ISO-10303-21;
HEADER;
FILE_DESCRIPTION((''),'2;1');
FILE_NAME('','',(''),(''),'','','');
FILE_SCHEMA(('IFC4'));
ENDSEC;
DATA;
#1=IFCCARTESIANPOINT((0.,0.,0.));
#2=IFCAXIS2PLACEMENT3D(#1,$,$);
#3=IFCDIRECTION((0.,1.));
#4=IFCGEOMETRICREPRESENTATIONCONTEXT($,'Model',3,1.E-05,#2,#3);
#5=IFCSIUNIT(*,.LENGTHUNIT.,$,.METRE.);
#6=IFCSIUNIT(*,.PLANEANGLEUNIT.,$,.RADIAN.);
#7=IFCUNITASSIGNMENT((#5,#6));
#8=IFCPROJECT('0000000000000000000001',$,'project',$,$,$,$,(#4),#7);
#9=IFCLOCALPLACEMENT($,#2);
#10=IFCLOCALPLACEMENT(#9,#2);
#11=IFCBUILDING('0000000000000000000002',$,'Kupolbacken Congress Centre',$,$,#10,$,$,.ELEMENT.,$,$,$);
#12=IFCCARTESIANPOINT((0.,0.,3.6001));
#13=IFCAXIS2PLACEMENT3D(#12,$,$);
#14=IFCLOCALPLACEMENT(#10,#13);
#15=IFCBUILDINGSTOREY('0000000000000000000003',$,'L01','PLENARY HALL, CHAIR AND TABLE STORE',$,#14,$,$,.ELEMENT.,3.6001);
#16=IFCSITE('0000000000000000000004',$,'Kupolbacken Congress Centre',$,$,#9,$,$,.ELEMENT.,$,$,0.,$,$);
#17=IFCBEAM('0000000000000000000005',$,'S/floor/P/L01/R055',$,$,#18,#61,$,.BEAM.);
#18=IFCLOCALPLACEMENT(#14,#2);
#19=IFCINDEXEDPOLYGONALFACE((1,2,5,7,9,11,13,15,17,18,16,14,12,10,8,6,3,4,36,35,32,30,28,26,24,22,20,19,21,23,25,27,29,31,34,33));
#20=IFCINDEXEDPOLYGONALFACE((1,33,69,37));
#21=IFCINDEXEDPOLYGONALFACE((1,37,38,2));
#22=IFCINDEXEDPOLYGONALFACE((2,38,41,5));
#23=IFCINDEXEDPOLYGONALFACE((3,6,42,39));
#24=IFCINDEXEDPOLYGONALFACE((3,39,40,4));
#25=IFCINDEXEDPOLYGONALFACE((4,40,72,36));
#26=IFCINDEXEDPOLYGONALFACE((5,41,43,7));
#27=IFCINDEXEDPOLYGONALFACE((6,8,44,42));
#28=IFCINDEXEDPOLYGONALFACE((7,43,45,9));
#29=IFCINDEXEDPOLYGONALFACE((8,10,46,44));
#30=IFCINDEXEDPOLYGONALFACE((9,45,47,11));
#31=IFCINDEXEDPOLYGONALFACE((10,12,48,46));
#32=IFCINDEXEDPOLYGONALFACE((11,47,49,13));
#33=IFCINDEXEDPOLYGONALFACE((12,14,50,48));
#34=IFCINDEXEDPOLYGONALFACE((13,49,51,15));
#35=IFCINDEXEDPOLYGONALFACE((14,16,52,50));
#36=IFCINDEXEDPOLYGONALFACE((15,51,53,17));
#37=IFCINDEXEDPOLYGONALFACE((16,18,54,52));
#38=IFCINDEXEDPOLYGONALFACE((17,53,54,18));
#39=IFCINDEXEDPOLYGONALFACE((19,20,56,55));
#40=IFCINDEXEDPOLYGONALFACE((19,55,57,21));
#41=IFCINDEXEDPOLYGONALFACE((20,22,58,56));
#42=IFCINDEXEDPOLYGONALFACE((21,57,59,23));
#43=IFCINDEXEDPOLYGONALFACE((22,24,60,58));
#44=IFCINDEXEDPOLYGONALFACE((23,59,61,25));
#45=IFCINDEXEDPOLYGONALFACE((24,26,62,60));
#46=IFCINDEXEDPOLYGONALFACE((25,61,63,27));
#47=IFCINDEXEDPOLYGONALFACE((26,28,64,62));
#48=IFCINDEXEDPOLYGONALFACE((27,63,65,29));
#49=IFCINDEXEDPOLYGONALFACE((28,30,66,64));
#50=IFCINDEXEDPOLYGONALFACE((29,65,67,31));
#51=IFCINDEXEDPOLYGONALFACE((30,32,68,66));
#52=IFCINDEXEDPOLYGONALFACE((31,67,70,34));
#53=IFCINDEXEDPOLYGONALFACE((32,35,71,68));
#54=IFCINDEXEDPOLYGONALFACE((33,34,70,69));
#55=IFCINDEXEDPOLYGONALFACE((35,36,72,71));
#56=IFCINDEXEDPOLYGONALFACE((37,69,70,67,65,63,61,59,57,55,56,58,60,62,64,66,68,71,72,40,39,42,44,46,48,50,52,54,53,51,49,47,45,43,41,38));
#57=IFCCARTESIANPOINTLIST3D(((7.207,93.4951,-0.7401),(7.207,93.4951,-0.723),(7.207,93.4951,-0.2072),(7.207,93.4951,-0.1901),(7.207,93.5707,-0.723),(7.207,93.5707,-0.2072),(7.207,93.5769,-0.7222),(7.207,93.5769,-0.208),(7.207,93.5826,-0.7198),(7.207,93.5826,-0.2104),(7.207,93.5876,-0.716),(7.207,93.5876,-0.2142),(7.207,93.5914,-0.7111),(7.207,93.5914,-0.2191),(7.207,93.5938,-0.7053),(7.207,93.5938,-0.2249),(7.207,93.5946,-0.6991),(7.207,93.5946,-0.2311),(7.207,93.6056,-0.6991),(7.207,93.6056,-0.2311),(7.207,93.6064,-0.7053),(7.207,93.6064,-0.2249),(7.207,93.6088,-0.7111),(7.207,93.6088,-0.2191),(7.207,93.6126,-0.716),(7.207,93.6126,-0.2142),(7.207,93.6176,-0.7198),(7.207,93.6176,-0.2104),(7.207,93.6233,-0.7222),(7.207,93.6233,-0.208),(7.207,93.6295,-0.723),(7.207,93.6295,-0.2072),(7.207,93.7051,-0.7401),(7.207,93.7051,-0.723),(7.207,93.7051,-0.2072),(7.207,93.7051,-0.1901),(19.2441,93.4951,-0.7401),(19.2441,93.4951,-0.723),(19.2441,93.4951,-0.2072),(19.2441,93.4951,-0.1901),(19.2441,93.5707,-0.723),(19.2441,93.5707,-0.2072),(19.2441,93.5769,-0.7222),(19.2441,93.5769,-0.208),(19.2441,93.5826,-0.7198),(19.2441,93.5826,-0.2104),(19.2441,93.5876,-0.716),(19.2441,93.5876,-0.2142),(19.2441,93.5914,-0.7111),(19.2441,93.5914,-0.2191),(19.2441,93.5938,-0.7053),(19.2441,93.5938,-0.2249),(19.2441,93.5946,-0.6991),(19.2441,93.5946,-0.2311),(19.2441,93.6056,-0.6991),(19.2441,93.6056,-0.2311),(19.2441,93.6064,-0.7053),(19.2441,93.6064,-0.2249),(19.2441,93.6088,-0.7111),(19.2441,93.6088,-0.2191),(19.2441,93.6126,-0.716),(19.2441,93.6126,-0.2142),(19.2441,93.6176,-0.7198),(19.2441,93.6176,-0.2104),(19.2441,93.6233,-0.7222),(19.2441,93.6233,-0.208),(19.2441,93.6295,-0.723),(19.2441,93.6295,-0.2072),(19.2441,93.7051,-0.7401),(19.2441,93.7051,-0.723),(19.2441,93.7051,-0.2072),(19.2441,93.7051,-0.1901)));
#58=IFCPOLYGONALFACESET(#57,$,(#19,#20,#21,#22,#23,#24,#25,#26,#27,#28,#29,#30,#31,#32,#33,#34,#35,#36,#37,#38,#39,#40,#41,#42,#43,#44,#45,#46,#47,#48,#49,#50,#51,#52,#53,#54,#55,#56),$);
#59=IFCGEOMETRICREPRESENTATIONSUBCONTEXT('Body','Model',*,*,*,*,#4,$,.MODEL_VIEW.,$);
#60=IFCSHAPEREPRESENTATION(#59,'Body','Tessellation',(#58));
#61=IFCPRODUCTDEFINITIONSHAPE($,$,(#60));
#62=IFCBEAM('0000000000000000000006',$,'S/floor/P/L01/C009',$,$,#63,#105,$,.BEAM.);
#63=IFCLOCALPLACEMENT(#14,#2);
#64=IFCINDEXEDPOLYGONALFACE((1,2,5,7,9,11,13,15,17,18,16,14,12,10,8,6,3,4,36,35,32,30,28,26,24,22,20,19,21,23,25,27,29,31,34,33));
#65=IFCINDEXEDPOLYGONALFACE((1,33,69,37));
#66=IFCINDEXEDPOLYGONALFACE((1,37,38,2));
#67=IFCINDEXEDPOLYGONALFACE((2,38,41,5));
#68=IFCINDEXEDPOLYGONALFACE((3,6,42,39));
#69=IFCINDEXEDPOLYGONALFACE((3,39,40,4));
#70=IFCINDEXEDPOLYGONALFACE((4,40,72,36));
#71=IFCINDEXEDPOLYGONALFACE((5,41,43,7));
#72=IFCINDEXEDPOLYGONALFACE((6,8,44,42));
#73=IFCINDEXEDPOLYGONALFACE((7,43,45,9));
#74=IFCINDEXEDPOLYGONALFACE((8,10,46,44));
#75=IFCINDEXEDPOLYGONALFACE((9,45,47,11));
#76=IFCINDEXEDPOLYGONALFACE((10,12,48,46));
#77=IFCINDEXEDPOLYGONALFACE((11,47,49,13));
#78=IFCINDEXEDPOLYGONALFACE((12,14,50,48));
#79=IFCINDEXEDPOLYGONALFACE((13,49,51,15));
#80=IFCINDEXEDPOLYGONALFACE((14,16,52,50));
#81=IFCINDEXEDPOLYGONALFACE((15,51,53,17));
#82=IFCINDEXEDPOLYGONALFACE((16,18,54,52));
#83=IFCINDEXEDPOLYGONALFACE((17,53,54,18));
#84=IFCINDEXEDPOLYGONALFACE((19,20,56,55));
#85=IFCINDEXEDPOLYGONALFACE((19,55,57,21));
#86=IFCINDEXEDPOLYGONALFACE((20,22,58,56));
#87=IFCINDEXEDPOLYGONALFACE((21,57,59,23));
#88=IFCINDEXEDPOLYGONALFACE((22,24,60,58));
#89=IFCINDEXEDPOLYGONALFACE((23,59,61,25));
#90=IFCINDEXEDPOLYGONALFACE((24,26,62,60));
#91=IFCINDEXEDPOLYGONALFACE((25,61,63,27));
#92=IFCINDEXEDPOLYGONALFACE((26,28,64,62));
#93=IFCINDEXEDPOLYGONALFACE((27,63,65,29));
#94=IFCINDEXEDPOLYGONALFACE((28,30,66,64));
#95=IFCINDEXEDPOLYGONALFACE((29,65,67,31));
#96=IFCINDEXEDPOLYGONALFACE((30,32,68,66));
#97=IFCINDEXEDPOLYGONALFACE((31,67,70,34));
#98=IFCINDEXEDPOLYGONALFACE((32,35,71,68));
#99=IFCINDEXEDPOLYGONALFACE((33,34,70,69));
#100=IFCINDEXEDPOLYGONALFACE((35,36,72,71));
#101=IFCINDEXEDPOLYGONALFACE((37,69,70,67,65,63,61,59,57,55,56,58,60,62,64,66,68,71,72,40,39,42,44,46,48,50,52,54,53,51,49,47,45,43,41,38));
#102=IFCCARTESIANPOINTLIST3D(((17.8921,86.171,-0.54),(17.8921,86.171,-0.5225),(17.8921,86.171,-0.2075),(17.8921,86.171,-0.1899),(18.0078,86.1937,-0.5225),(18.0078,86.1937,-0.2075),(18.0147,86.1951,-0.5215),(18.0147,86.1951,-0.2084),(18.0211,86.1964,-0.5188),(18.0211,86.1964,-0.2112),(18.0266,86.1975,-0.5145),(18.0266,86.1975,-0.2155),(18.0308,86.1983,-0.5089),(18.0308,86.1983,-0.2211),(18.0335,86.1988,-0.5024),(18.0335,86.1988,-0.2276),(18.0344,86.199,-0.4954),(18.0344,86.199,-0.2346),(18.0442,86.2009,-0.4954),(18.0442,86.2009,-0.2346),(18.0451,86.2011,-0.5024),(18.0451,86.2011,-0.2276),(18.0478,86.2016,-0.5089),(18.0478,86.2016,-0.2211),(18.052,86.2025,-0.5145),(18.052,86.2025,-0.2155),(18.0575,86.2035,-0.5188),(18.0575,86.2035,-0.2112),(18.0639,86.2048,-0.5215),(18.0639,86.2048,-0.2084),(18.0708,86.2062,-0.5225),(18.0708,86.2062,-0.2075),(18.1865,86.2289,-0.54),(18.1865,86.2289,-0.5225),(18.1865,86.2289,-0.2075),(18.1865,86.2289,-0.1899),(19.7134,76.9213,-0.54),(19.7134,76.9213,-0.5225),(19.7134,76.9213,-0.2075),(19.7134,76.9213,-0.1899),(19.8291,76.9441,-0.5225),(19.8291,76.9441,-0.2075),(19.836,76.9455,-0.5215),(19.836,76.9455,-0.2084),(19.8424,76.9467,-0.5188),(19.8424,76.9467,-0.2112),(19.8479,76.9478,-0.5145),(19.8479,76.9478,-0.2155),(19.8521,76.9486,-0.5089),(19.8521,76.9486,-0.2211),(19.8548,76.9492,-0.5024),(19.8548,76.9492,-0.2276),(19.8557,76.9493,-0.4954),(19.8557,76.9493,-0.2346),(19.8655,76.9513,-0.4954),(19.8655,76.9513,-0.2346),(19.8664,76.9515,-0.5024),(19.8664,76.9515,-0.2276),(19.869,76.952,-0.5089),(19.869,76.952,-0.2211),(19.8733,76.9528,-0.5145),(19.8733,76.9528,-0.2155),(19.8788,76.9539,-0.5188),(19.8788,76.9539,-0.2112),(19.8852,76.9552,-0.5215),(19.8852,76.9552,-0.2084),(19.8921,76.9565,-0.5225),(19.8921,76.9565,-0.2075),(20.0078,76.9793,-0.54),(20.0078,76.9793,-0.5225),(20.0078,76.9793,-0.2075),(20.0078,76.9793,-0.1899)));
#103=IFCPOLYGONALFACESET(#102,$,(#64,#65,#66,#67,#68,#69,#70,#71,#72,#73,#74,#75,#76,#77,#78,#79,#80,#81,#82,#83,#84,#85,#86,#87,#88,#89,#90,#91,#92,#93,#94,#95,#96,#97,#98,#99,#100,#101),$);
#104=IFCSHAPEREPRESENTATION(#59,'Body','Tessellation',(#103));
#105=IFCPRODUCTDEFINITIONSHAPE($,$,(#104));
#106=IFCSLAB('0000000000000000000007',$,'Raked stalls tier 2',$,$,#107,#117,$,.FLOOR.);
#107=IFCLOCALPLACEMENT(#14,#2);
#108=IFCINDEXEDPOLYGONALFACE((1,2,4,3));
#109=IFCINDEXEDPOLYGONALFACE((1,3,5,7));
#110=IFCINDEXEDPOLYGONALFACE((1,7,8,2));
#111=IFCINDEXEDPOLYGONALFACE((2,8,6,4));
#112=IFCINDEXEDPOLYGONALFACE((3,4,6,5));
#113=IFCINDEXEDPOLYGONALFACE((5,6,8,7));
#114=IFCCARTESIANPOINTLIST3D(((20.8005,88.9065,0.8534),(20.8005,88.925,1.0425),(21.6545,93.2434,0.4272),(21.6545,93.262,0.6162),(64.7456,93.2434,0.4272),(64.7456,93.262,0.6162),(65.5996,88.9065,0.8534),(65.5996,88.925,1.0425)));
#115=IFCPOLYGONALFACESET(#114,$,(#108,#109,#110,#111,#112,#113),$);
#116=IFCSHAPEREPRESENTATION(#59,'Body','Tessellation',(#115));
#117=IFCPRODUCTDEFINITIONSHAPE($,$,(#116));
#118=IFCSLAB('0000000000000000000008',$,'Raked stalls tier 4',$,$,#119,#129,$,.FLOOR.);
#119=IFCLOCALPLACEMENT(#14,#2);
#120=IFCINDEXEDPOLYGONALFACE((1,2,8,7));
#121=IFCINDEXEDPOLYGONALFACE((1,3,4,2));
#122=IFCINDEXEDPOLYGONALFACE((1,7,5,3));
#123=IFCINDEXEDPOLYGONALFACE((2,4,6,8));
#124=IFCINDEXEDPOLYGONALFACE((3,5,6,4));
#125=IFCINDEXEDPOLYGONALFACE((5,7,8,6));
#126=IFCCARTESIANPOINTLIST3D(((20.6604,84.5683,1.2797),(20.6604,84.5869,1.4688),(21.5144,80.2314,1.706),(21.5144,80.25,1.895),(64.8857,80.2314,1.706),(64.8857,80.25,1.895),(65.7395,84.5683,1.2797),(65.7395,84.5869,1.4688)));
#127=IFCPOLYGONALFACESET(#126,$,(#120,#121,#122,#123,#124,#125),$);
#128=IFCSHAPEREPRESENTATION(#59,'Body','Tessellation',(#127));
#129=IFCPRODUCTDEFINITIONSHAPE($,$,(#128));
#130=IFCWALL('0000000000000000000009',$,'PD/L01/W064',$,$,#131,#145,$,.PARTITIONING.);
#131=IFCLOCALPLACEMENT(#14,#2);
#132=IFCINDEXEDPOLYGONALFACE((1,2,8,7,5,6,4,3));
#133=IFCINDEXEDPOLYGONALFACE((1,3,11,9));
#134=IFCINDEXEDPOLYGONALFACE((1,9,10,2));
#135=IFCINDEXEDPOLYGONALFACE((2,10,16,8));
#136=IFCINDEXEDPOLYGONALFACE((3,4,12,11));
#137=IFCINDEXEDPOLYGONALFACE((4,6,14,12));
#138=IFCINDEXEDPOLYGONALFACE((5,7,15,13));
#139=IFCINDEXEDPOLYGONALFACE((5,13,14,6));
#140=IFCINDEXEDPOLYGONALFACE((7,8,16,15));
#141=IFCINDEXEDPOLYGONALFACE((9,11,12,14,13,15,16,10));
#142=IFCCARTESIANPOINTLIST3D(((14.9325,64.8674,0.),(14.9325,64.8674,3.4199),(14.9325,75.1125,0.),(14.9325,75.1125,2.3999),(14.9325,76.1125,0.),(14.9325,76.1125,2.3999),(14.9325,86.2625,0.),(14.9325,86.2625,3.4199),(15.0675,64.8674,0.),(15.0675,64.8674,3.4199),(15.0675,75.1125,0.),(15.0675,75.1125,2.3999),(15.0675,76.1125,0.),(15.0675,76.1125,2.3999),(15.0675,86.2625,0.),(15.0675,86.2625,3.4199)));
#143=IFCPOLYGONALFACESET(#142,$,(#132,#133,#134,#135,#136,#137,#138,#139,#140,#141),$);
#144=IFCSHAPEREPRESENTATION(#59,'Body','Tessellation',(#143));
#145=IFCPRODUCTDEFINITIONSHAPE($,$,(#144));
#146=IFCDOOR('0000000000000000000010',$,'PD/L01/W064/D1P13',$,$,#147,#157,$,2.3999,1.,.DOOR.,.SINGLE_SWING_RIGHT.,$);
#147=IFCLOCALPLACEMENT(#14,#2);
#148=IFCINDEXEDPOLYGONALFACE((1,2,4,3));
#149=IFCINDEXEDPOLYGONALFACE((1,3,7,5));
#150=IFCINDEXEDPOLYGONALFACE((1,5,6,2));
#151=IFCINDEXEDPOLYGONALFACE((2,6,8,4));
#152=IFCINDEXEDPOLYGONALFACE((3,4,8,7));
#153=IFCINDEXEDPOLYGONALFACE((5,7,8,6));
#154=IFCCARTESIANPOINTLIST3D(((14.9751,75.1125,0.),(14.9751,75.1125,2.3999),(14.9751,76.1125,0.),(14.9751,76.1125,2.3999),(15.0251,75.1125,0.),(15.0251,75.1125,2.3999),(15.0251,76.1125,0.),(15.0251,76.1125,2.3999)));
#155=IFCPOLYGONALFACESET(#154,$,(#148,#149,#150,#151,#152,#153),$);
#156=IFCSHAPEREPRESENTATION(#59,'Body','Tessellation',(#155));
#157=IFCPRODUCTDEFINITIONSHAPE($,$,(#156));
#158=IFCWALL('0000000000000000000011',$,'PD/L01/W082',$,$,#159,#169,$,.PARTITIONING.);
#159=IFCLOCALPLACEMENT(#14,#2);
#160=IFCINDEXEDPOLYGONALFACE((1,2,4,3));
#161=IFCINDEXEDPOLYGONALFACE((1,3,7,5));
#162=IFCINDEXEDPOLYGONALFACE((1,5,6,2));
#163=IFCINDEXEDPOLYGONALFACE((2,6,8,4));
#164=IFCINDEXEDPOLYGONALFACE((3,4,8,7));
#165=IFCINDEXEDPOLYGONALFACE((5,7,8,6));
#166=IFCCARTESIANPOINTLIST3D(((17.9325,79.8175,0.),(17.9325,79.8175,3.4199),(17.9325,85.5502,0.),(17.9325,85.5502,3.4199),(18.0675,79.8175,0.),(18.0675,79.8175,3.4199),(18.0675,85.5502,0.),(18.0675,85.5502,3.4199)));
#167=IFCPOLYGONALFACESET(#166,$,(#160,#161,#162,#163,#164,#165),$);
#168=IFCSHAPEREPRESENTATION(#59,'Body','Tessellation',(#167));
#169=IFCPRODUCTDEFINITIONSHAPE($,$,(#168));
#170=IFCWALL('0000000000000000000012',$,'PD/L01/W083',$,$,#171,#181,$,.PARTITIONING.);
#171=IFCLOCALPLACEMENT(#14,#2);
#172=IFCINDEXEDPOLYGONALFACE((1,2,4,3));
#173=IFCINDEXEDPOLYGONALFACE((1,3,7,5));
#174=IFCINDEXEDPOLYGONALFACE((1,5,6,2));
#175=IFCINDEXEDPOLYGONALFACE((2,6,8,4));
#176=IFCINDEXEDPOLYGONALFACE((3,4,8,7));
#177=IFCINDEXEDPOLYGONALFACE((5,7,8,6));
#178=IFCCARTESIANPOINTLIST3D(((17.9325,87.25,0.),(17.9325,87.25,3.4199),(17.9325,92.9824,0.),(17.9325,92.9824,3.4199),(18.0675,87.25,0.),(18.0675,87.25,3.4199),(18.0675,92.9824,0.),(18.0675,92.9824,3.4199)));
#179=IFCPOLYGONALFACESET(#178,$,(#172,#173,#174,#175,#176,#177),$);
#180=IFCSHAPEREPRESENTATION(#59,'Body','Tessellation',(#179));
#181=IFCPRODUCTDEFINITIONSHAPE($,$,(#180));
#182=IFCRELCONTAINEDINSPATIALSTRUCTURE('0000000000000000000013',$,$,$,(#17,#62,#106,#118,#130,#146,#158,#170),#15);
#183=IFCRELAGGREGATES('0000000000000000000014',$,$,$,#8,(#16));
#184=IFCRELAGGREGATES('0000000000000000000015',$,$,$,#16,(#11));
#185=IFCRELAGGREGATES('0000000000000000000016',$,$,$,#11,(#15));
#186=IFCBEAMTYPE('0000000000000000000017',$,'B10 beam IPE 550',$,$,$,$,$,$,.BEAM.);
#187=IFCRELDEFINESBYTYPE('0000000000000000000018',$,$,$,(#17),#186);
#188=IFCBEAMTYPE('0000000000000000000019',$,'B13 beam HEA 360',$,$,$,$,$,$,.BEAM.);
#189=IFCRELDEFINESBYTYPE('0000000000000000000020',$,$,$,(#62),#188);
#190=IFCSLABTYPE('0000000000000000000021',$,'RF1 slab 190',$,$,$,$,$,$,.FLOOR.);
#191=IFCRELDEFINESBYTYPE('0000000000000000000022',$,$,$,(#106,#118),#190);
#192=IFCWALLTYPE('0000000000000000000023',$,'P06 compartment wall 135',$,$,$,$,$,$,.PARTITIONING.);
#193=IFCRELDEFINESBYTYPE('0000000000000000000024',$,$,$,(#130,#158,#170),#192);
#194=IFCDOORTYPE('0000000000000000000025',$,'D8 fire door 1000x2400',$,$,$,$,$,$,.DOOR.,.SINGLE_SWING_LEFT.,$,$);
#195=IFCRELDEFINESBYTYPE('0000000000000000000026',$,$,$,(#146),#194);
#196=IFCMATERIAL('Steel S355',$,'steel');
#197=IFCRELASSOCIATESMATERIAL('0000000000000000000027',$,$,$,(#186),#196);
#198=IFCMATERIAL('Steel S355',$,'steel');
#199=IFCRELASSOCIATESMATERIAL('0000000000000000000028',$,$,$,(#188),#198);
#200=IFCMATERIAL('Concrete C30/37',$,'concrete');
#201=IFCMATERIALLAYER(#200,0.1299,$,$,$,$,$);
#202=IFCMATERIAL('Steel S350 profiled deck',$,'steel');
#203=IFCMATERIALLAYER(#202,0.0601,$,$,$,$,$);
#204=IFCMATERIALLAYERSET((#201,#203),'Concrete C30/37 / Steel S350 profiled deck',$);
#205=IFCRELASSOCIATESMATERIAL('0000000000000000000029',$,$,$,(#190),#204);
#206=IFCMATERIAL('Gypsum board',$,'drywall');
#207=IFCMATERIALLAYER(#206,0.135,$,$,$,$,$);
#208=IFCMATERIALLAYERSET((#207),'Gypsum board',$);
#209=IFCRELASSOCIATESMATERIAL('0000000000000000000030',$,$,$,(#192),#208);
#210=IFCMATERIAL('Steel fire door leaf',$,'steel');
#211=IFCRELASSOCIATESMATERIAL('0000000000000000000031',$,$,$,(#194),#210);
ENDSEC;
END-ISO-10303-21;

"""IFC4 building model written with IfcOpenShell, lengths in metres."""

from ifc_helpers import new_model, si_unit, direction, frame, frame_2d, origin, origin_2d, place, context, subcontext, project, spatial, polyline, rectangle, i_section, outline, extrude, material, layer, layer_set, material_profile, profile_set, type_object, element, fill, save


model = new_model("IFC4")

# Units and contexts
model_context = context("Model", 3, precision=1e-05, world=origin(), true_north=direction((0.0, 1.0)))
body_context = subcontext(model_context, "Body", "Model", "MODEL_VIEW")
ifc_project = project(units=[si_unit("LENGTHUNIT", "METRE"), si_unit("PLANEANGLEUNIT", "RADIAN")], contexts=[model_context])

# Site, building, storey
site_placement = place(None, origin())
site = spatial("IfcSite", under=ifc_project, at=site_placement, Name="Kupolbacken Congress Centre", CompositionType="ELEMENT", RefElevation=0.0)
building_placement = place(site_placement, origin())
building = spatial("IfcBuilding", under=site, at=building_placement, Name="Kupolbacken Congress Centre", CompositionType="ELEMENT")
storey_placement = place(building_placement, frame((0.0, 0.0, 3.6001)))
storey = spatial("IfcBuildingStorey", under=building, at=storey_placement, Name="L01", Description="PLENARY HALL, CHAIR AND TABLE STORE", CompositionType="ELEMENT", Elevation=3.6001)

# Beams
ifc_material_1 = material(Name="Steel S355", Category="steel")
ifc_material_profile_1 = material_profile(ifc_material_1, i_section(OverallWidth=0.21, OverallDepth=0.55, WebThickness=0.011, FlangeThickness=0.0171, FilletRadius=0.0239, at=origin_2d()), Name="IPE 550")
ifc_profile_set_1 = profile_set([ifc_material_profile_1], Name="Steel S355")
beam_type_1 = type_object("IfcBeamType", Name="B10 beam IPE 550", PredefinedType="BEAM", material=ifc_profile_set_1)
beam_1_placement = place(storey_placement, frame((7.207, 93.6001, -0.4651), z_axis=(1.0, 0.0, 0.0), x_axis=(0.0, 1.0, 0.0)))
element("IfcBeam", 1, at=beam_1_placement, inside=storey, type_object=beam_type_1, Name="S/floor/P/L01/R055", PredefinedType="BEAM", context=body_context, shape_type="SweptSolid", body=[
    extrude(i_section(OverallWidth=0.21, OverallDepth=0.55, WebThickness=0.011, FlangeThickness=0.0171, FilletRadius=0.0239, at=origin_2d()), origin(), (0.0, 0.0, 1.0), 12.0371),
])
ifc_material_2 = material(Name="Steel S355", Category="steel")
ifc_material_profile_2 = material_profile(ifc_material_2, i_section(OverallWidth=0.3, OverallDepth=0.3501, WebThickness=0.01, FlangeThickness=0.0176, FilletRadius=0.0271, at=origin_2d()), Name="HEA 360")
ifc_profile_set_2 = profile_set([ifc_material_profile_2], Name="Steel S355")
beam_type_2 = type_object("IfcBeamType", Name="B13 beam HEA 360", PredefinedType="BEAM", material=ifc_profile_set_2)
beam_2_placement = place(storey_placement, frame((18.0393, 86.2, -0.365), z_axis=(0.193192, -0.981161, 0.0), x_axis=(0.981161, 0.193192, 0.0)))
element("IfcBeam", 2, at=beam_2_placement, inside=storey, type_object=beam_type_2, Name="S/floor/P/L01/C009", PredefinedType="BEAM", context=body_context, shape_type="SweptSolid", body=[
    extrude(i_section(OverallWidth=0.3, OverallDepth=0.3501, WebThickness=0.01, FlangeThickness=0.0176, FilletRadius=0.0271, at=origin_2d()), origin(), (0.0, 0.0, 1.0), 9.4272),
])

# Slabs
ifc_material_3 = material(Name="Concrete C30/37", Category="concrete")
ifc_layer_1 = layer(ifc_material_3, 0.1299)
ifc_material_4 = material(Name="Steel S350 profiled deck", Category="steel")
ifc_layer_2 = layer(ifc_material_4, 0.0601)
ifc_layer_set_1 = layer_set([ifc_layer_1, ifc_layer_2], Name="Concrete C30/37 / Steel S350 profiled deck")
slab_type = type_object("IfcSlabType", Name="RF1 slab 190", PredefinedType="FLOOR", material=ifc_layer_set_1)
slab_1_placement = place(storey_placement, frame((21.6545, 93.262, 0.6162), z_axis=(0.0, 0.097817, 0.995204), x_axis=(1.0, 0.0, 0.0)))
element("IfcSlab", 3, at=slab_1_placement, inside=storey, type_object=slab_type, Name="Raked stalls tier 2", PredefinedType="FLOOR", context=body_context, shape_type="SweptSolid", body=[
    extrude(outline(polyline([(0.0, 0.0), (43.0911, 0.0), (43.9451, -4.3578), (-0.854, -4.3578), (0.0, 0.0)])), origin(), (0.0, 0.0, -1.0), 0.1899),
])
slab_2_placement = place(storey_placement, frame((20.6604, 84.5869, 1.4688), z_axis=(0.0, 0.097817, 0.995204), x_axis=(1.0, 0.0, 0.0)))
element("IfcSlab", 4, at=slab_2_placement, inside=storey, type_object=slab_type, Name="Raked stalls tier 4", PredefinedType="FLOOR", context=body_context, shape_type="SweptSolid", body=[
    extrude(outline(polyline([(0.0, 0.0), (45.0791, 0.0), (44.2253, -4.3578), (0.854, -4.3578), (0.0, 0.0)])), origin(), (0.0, 0.0, -1.0), 0.1899),
])

# Wall, opening, door
ifc_material_5 = material(Name="Gypsum board", Category="drywall")
ifc_layer_3 = layer(ifc_material_5, 0.135)
ifc_layer_set_2 = layer_set([ifc_layer_3], Name="Gypsum board")
wall_type_1 = type_object("IfcWallType", Name="P06 compartment wall 135", PredefinedType="PARTITIONING", material=ifc_layer_set_2)
wall_1_placement = place(storey_placement, frame((15.0, 86.2625, 0.0), z_axis=(0.0, 0.0, 1.0), x_axis=(0.0, -1.0, 0.0)))
wall_1 = element("IfcWall", 5, at=wall_1_placement, inside=storey, type_object=wall_type_1, Name="PD/L01/W064", PredefinedType="PARTITIONING", context=body_context, shape_type="SweptSolid", body=[
    extrude(rectangle(XDim=21.395, YDim=0.135, at=frame_2d((10.6975, 0.0))), origin(), (0.0, 0.0, 1.0), 3.4199),
])
opening_placement = place(wall_1_placement, frame((10.1499, 0.0, 0.0)))
opening = element("IfcOpeningElement", 6, at=opening_placement, cuts=wall_1, PredefinedType="OPENING", context=body_context, shape_type="SweptSolid", body=[
    extrude(rectangle(XDim=1.0, YDim=2.3999, at=frame_2d((0.5, 1.2))), frame((0.0, 0.0774, 0.0), z_axis=(0.0, -1.0, 0.0), x_axis=(1.0, 0.0, 0.0)), (0.0, 0.0, 1.0), 0.155),
])
ifc_material_6 = material(Name="Steel fire door leaf", Category="steel")
door_type = type_object("IfcDoorType", Name="D8 fire door 1000x2400", OperationType="SINGLE_SWING_LEFT", PredefinedType="DOOR", material=ifc_material_6)
door_placement = place(opening_placement, frame((1.0, 0.0, 0.0), z_axis=(0.0, 0.0, 1.0), x_axis=(-1.0, 0.0, 0.0)))
door = element("IfcDoor", 7, at=door_placement, inside=storey, type_object=door_type, Name="PD/L01/W064/D1P13", OperationType="SINGLE_SWING_RIGHT", OverallHeight=2.3999, OverallWidth=1.0, PredefinedType="DOOR", context=body_context, shape_type="SweptSolid", body=[
    extrude(rectangle(XDim=1.0, YDim=2.3999, at=frame_2d((0.5, 1.2))), frame((0.0, 0.0249, 0.0), z_axis=(0.0, -1.0, 0.0), x_axis=(1.0, 0.0, 0.0)), (0.0, 0.0, 1.0), 0.05),
])
fill(opening, door)

# Walls
wall_2_placement = place(storey_placement, frame((18.0, 85.55, 0.0), z_axis=(0.0, 0.0, 1.0), x_axis=(0.0, -1.0, 0.0)))
element("IfcWall", 8, at=wall_2_placement, inside=storey, type_object=wall_type_1, Name="PD/L01/W082", PredefinedType="PARTITIONING", context=body_context, shape_type="SweptSolid", body=[
    extrude(rectangle(XDim=5.7327, YDim=0.135, at=frame_2d((2.8662, 0.0))), origin(), (0.0, 0.0, 1.0), 3.4199),
])
wall_3_placement = place(storey_placement, frame((18.0, 92.9824, 0.0), z_axis=(0.0, 0.0, 1.0), x_axis=(0.0, -1.0, 0.0)))
element("IfcWall", 9, at=wall_3_placement, inside=storey, type_object=wall_type_1, Name="PD/L01/W083", PredefinedType="PARTITIONING", context=body_context, shape_type="SweptSolid", body=[
    extrude(rectangle(XDim=5.7324, YDim=0.135, at=frame_2d((2.8662, 0.0))), origin(), (0.0, 0.0, 1.0), 3.4199),
])

save(model, "model.ifc")
